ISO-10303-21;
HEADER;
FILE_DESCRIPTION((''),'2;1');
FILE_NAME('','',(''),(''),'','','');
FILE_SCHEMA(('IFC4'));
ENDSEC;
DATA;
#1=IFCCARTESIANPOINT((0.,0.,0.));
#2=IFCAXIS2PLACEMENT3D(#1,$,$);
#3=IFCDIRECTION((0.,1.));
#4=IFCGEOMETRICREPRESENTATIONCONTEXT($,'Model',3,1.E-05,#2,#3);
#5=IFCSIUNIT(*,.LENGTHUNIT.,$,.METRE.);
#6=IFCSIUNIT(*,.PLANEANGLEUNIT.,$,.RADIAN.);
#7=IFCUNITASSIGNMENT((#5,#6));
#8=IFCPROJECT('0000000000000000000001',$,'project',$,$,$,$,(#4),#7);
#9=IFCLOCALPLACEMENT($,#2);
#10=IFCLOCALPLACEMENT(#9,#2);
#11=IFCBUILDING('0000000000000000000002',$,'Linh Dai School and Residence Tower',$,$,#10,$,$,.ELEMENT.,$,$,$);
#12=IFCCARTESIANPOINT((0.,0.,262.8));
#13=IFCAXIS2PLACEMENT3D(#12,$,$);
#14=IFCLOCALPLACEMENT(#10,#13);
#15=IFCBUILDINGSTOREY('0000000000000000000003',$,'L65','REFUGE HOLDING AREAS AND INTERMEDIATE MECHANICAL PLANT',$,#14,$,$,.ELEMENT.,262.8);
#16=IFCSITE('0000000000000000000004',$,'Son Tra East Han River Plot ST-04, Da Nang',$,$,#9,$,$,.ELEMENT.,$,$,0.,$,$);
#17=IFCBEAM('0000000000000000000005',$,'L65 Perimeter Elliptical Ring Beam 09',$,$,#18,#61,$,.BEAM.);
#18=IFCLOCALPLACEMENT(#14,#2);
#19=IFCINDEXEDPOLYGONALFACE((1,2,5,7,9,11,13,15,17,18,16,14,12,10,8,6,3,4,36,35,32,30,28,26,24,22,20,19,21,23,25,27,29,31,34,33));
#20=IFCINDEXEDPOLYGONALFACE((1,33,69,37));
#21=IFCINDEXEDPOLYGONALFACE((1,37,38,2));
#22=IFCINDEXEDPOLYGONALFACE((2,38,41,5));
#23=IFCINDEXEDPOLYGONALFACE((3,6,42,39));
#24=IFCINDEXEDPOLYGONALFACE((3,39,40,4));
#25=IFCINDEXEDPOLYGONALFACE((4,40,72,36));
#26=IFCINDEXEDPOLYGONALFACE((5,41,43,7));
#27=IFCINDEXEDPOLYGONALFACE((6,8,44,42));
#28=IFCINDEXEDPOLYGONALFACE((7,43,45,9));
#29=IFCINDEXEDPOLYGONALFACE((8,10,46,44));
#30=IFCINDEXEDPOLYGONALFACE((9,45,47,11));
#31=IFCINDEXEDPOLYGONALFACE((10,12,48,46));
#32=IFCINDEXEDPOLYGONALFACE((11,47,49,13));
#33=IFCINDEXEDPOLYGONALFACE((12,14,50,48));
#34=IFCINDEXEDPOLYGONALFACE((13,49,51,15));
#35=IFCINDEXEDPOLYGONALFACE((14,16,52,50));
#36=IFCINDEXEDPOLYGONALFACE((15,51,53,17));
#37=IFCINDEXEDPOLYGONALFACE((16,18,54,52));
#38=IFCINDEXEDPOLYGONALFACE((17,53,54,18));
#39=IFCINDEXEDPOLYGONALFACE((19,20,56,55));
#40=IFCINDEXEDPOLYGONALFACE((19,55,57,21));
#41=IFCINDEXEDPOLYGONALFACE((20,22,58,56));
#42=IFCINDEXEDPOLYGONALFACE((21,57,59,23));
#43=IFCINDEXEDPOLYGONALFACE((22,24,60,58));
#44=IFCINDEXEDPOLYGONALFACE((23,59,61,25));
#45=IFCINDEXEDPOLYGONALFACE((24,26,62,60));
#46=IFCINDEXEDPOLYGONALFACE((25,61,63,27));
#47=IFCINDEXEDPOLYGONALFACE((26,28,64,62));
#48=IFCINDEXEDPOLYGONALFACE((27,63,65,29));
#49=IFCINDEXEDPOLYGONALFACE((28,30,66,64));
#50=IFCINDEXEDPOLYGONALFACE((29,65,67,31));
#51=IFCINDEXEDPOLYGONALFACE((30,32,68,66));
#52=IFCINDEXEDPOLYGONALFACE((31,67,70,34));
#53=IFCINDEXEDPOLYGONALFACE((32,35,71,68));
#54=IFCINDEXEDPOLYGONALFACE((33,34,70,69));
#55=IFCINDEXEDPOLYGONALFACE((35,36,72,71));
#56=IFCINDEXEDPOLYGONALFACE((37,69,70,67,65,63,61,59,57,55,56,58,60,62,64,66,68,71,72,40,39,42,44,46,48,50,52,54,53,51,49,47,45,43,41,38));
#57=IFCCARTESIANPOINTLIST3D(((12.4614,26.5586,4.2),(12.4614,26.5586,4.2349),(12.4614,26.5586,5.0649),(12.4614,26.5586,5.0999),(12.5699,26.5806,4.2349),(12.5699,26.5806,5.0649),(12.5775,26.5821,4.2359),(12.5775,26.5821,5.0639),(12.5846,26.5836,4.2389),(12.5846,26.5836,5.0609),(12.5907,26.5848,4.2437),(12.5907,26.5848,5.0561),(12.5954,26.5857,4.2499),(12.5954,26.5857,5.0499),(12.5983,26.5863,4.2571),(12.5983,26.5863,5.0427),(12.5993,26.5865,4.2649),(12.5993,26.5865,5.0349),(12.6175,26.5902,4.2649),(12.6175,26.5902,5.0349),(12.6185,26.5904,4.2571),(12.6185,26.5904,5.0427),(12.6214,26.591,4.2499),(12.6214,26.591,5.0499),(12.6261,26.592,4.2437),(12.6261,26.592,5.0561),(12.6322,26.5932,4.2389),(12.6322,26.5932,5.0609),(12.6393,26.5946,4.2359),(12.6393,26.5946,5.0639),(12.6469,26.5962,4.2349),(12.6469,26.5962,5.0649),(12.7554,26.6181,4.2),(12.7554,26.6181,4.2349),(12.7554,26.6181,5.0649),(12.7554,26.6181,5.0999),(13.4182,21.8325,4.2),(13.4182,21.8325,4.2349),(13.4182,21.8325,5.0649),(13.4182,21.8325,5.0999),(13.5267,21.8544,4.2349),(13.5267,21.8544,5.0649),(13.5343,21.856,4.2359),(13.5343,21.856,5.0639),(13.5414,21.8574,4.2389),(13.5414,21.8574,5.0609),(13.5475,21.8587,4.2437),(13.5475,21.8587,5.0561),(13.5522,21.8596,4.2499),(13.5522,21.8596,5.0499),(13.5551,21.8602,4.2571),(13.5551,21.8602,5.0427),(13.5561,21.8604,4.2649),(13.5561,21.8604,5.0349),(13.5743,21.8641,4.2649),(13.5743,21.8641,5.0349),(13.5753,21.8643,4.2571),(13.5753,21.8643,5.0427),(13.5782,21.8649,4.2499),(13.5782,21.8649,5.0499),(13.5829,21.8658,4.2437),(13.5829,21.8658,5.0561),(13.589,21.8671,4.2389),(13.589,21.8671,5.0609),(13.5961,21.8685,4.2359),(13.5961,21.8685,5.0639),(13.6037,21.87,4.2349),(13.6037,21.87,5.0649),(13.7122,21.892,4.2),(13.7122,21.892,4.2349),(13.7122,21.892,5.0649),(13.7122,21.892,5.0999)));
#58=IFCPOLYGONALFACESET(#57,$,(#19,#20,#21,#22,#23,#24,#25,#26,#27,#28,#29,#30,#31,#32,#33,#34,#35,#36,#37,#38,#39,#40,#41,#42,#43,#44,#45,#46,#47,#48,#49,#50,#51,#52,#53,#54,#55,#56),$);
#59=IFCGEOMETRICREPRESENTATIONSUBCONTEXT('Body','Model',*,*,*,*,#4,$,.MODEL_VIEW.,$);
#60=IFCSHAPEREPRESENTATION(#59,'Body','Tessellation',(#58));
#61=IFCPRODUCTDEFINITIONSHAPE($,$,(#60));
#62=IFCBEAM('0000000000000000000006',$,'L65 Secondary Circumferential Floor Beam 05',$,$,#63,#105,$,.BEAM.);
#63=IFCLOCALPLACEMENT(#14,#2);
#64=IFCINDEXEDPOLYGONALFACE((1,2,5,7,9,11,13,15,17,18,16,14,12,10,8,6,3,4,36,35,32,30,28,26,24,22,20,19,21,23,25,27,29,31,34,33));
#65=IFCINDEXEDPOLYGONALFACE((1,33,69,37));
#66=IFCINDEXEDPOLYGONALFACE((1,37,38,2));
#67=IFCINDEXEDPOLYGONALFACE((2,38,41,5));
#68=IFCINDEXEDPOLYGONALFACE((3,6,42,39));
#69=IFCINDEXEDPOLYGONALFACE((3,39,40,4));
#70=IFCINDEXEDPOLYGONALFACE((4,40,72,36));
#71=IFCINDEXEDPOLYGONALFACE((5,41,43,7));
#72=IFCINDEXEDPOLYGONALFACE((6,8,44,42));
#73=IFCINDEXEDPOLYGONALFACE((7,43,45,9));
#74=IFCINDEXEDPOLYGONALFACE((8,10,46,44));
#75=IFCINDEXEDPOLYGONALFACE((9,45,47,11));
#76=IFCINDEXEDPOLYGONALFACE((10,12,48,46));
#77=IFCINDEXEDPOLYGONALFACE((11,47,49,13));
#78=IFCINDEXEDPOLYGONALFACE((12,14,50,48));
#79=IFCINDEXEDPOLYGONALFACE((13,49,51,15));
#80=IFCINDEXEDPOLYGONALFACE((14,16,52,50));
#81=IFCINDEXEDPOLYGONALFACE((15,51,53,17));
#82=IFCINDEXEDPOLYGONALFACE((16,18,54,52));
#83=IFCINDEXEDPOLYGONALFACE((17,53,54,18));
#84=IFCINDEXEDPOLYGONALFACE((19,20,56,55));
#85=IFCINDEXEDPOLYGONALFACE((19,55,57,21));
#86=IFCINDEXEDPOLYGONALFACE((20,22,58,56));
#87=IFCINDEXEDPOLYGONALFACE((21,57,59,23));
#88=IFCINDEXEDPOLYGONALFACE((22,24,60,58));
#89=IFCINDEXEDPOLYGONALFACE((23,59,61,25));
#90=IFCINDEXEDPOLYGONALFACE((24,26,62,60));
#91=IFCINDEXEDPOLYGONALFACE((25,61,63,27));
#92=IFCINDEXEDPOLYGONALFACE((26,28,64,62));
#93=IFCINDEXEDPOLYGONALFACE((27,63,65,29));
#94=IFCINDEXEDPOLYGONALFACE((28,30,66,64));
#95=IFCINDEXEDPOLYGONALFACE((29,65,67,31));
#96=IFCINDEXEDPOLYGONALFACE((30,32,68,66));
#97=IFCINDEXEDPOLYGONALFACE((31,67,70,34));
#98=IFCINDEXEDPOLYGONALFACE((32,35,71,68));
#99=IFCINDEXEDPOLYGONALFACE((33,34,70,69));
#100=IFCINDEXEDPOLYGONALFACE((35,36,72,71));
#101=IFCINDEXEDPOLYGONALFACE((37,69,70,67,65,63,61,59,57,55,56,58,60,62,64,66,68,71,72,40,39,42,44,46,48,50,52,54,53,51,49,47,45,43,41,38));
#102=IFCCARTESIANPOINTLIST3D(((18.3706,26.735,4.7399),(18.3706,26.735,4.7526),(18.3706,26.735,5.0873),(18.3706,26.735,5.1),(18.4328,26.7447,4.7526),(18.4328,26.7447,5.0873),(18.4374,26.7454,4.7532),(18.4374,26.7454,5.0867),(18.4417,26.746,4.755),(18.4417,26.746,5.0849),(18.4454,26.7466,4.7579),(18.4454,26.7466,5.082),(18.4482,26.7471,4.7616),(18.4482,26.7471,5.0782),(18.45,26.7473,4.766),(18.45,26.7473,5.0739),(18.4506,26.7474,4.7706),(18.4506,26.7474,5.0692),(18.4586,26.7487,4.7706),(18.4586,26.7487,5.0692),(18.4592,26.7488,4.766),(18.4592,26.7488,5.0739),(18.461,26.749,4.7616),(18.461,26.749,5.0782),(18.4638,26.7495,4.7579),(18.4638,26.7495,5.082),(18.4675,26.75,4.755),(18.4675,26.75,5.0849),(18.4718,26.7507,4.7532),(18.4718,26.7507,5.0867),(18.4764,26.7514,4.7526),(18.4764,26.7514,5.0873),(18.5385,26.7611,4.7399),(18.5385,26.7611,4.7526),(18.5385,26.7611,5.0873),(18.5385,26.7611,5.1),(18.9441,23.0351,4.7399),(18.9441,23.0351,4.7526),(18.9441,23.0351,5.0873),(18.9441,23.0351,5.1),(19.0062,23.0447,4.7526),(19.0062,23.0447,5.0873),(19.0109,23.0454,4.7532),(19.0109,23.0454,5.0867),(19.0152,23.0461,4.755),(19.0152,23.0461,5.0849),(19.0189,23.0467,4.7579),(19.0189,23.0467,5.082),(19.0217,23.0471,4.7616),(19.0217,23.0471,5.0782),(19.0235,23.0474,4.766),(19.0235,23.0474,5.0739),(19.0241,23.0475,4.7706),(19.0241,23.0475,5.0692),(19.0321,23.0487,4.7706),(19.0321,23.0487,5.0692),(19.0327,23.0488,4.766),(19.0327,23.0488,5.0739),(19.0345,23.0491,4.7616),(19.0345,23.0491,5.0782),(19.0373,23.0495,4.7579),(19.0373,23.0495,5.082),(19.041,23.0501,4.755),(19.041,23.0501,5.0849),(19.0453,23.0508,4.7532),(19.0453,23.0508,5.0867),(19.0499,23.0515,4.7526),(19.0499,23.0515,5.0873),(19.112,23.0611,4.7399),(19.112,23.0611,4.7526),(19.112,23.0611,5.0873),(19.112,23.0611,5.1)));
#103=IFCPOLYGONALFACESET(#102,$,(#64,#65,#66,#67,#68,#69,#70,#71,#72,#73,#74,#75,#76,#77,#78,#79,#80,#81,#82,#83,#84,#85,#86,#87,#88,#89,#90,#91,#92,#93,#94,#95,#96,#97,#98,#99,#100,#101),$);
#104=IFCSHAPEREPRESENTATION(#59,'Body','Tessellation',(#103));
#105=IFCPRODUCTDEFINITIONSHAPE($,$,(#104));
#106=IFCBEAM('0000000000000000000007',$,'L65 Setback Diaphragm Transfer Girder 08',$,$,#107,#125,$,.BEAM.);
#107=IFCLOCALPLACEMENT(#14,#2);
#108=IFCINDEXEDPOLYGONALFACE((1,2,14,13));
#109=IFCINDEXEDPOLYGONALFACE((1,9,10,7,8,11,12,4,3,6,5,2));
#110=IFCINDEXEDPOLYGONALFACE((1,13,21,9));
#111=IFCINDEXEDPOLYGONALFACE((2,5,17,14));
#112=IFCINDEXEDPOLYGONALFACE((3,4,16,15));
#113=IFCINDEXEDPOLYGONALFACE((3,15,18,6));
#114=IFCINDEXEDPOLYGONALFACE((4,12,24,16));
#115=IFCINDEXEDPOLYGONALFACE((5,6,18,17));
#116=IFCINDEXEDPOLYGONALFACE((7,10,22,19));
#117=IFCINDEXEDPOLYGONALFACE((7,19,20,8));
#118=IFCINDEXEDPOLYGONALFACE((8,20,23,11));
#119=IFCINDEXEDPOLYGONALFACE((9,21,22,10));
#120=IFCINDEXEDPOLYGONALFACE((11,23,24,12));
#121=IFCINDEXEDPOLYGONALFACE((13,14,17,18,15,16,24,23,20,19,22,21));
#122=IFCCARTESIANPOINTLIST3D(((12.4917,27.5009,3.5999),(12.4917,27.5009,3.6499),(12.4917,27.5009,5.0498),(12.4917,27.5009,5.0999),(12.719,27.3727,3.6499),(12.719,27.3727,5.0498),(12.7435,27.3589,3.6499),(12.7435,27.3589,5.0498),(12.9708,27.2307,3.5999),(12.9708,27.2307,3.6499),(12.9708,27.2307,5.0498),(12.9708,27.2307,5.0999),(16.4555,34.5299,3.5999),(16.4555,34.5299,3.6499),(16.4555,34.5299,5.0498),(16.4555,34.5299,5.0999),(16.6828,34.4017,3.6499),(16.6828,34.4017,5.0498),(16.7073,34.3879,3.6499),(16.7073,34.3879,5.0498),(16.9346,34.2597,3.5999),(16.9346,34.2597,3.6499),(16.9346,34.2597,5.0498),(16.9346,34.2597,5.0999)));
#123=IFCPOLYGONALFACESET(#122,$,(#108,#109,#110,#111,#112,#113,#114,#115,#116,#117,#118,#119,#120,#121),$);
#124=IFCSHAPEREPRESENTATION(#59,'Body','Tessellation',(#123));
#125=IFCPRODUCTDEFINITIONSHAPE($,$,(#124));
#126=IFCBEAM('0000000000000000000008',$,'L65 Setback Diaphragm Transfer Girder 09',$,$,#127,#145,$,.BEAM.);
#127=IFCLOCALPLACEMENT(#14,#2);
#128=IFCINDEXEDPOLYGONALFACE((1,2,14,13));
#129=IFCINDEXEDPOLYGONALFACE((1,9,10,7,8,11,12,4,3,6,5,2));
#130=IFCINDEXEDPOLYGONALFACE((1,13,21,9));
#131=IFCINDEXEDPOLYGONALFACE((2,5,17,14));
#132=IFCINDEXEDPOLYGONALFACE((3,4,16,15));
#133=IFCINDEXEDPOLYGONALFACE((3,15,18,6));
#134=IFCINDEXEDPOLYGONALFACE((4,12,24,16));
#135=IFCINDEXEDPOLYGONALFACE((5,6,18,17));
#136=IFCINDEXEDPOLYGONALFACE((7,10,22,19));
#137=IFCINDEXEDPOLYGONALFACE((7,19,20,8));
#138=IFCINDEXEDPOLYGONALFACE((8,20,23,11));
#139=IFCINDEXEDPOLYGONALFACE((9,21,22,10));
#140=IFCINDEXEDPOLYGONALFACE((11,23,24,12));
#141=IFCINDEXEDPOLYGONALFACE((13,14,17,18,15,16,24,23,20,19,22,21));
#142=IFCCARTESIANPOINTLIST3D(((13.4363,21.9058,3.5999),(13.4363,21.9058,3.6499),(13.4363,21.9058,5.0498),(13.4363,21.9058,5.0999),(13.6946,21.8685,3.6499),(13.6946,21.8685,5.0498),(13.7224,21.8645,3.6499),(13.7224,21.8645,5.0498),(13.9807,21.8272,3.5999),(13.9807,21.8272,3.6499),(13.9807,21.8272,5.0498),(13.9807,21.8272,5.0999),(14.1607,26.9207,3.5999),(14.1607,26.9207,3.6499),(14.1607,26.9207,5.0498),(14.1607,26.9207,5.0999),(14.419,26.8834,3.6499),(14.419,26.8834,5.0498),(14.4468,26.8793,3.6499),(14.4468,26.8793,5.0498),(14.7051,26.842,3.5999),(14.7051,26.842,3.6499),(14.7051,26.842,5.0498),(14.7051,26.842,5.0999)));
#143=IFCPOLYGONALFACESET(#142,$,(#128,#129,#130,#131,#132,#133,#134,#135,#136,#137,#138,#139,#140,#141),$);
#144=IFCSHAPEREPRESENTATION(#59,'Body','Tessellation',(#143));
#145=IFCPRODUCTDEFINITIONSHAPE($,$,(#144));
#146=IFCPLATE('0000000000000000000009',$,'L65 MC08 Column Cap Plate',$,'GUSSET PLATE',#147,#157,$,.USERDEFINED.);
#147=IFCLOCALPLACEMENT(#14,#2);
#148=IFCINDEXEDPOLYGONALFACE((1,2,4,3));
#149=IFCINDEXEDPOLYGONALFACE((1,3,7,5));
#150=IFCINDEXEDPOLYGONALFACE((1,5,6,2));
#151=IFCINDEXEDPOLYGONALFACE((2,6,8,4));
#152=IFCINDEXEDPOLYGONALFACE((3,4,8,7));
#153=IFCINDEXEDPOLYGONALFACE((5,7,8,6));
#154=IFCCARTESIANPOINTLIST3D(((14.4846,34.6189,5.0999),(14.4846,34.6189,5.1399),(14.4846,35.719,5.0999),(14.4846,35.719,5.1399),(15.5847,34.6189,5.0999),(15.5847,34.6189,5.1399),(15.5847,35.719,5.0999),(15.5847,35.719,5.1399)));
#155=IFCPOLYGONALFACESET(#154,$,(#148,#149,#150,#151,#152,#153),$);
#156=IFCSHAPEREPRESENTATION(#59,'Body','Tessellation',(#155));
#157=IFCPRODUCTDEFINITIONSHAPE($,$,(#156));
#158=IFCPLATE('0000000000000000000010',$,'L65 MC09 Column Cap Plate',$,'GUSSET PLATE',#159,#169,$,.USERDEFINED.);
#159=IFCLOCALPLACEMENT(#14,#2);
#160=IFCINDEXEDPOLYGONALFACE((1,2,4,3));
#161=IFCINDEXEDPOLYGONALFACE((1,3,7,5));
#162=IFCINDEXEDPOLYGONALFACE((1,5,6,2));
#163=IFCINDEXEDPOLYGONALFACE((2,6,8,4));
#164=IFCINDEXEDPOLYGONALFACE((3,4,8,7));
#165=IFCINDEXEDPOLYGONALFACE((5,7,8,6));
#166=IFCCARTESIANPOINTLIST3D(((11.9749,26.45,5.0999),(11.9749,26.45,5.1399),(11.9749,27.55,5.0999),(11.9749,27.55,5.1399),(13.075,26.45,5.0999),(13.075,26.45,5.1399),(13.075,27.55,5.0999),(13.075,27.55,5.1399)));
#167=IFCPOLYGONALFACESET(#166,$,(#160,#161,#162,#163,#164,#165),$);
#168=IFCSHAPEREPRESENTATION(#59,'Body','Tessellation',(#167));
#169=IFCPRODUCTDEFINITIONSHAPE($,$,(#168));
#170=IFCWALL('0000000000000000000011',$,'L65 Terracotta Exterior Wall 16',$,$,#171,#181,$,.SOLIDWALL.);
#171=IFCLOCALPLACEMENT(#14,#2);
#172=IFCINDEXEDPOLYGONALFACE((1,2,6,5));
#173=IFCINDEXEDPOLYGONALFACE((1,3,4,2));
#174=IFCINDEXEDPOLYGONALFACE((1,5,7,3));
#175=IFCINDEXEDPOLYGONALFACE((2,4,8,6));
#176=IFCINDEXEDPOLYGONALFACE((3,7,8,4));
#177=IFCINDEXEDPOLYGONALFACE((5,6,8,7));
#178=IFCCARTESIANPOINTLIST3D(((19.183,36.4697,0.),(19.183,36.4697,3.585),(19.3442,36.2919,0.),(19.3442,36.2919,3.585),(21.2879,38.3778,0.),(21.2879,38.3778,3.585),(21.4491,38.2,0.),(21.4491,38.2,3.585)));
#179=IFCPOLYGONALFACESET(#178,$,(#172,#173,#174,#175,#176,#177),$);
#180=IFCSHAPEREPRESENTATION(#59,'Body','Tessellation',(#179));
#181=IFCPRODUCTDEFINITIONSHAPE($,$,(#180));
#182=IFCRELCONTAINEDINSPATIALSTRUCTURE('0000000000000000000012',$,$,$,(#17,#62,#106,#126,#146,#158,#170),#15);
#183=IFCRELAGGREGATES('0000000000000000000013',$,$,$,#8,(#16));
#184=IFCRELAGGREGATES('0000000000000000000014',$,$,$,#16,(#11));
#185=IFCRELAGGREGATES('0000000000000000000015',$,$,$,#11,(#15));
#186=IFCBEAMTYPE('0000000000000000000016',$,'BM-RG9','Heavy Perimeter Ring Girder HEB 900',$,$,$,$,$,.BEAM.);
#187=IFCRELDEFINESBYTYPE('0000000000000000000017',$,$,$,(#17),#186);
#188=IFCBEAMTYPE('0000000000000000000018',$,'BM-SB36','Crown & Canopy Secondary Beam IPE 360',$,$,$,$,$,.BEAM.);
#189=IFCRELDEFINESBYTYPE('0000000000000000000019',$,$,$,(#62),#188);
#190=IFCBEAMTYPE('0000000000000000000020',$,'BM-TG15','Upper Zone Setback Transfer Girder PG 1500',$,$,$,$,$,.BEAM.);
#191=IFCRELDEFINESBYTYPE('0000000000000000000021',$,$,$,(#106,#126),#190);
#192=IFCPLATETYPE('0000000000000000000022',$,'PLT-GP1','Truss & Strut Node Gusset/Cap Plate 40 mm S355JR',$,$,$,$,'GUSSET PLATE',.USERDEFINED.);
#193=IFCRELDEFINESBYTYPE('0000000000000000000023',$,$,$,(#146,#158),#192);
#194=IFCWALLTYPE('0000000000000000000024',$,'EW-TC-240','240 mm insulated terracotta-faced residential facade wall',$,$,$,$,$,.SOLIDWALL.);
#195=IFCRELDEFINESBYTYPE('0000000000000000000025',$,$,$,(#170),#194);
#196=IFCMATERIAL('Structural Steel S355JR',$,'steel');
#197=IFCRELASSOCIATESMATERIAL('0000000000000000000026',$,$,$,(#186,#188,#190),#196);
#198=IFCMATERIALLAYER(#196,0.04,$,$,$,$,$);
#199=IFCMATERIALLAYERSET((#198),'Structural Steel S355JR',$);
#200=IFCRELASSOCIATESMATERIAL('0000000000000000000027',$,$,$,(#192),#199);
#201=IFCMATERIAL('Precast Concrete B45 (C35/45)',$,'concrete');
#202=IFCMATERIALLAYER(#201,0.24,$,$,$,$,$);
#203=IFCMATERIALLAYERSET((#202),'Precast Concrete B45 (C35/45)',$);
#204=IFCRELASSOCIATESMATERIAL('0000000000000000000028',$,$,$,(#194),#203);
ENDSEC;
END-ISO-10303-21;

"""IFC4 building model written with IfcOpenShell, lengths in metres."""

from ifc_helpers import new_model, si_unit, direction, frame, frame_2d, origin, origin_2d, place, context, subcontext, project, spatial, rectangle, i_section, extrude, source, transform, mapped, material, layer, layer_set, material_profile, profile_set, type_object, element, save


model = new_model("IFC4")

# Units and contexts
model_context = context("Model", 3, precision=1e-05, world=origin(), true_north=direction((0.0, 1.0)))
body_context = subcontext(model_context, "Body", "Model", "MODEL_VIEW")
ifc_project = project(units=[si_unit("LENGTHUNIT", "METRE"), si_unit("PLANEANGLEUNIT", "RADIAN")], contexts=[model_context])

# Site, building, storey
site_placement = place(None, origin())
site = spatial("IfcSite", under=ifc_project, at=site_placement, Name="Son Tra East Han River Plot ST-04, Da Nang", CompositionType="ELEMENT", RefElevation=0.0)
building_placement = place(site_placement, origin())
building = spatial("IfcBuilding", under=site, at=building_placement, Name="Linh Dai School and Residence Tower", CompositionType="ELEMENT")
storey_placement = place(building_placement, frame((0.0, 0.0, 262.8)))
storey = spatial("IfcBuildingStorey", under=building, at=storey_placement, Name="L65", Description="REFUGE HOLDING AREAS AND INTERMEDIATE MECHANICAL PLANT", CompositionType="ELEMENT", Elevation=262.8)

# Shared definitions
ifc_material_1 = material(Name="Structural Steel S355JR", Category="steel")

# Beams
ifc_material_profile_1 = material_profile(ifc_material_1, i_section(OverallWidth=0.3, OverallDepth=0.8999, WebThickness=0.0186, FlangeThickness=0.0349, FilletRadius=0.03, at=origin_2d()), Name="HEB 900")
ifc_profile_set_1 = profile_set([ifc_material_profile_1], Name="Structural Steel S355JR")
beam_type_1 = type_object("IfcBeamType", Name="BM-RG9", Description="Heavy Perimeter Ring Girder HEB 900", PredefinedType="BEAM", material=ifc_profile_set_1)
beam_1_placement = place(storey_placement, frame((12.6084, 26.5884, 4.6499), z_axis=(0.198423, -0.980116, 0.0), x_axis=(0.980116, 0.198423, 0.0)))
element("IfcBeam", 1, at=beam_1_placement, inside=storey, type_object=beam_type_1, Name="L65 Perimeter Elliptical Ring Beam 09", PredefinedType="BEAM", context=body_context, shape_type="SweptSolid", body=[
    extrude(i_section(OverallWidth=0.3, OverallDepth=0.8999, WebThickness=0.0186, FlangeThickness=0.0349, FilletRadius=0.03, at=origin_2d()), origin(), (0.0, 0.0, 1.0), 4.822),
])
ifc_material_profile_2 = material_profile(ifc_material_1, i_section(OverallWidth=0.1699, OverallDepth=0.3601, WebThickness=0.0081, FlangeThickness=0.0127, FilletRadius=0.0181, at=origin_2d()), Name="IPE 360")
ifc_profile_set_2 = profile_set([ifc_material_profile_2], Name="Structural Steel S355JR")
beam_type_2 = type_object("IfcBeamType", Name="BM-SB36", Description="Crown & Canopy Secondary Beam IPE 360", PredefinedType="BEAM", material=ifc_profile_set_2)
beam_2_placement = place(storey_placement, frame((18.4546, 26.748, 4.9199), z_axis=(0.153169, -0.9882, 0.0), x_axis=(0.9882, 0.153169, 0.0)))
element("IfcBeam", 2, at=beam_2_placement, inside=storey, type_object=beam_type_2, Name="L65 Secondary Circumferential Floor Beam 05", PredefinedType="BEAM", context=body_context, shape_type="SweptSolid", body=[
    extrude(i_section(OverallWidth=0.1699, OverallDepth=0.3601, WebThickness=0.0081, FlangeThickness=0.0127, FilletRadius=0.0181, at=origin_2d()), origin(), (0.0, 0.0, 1.0), 3.7441),
])
ifc_material_profile_3 = material_profile(ifc_material_1, i_section(OverallWidth=0.55, OverallDepth=1.5, WebThickness=0.0281, FlangeThickness=0.05, at=origin_2d()), Name="PG 1500x550x28x50")
ifc_profile_set_3 = profile_set([ifc_material_profile_3], Name="Structural Steel S355JR")
beam_type_3 = type_object("IfcBeamType", Name="BM-TG15", Description="Upper Zone Setback Transfer Girder PG 1500", PredefinedType="BEAM", material=ifc_profile_set_3)
beam_3_placement = place(storey_placement, frame((16.6951, 34.3948, 4.3499), z_axis=(-0.491205, -0.871044, 0.0), x_axis=(0.871044, -0.491205, 0.0)))
element("IfcBeam", 3, at=beam_3_placement, inside=storey, type_object=beam_type_3, Name="L65 Setback Diaphragm Transfer Girder 08", PredefinedType="BEAM", context=body_context, shape_type="SweptSolid", body=[
    extrude(i_section(OverallWidth=0.55, OverallDepth=1.5, WebThickness=0.0281, FlangeThickness=0.05, at=origin_2d()), origin(), (0.0, 0.0, 1.0), 8.0696),
])
beam_4_placement = place(storey_placement, frame((14.4329, 26.8813, 4.3499), z_axis=(-0.142959, -0.989729, 0.0), x_axis=(0.989729, -0.142959, 0.0)))
element("IfcBeam", 4, at=beam_4_placement, inside=storey, type_object=beam_type_3, Name="L65 Setback Diaphragm Transfer Girder 09", PredefinedType="BEAM", context=body_context, shape_type="SweptSolid", body=[
    extrude(i_section(OverallWidth=0.55, OverallDepth=1.5, WebThickness=0.0281, FlangeThickness=0.05, at=origin_2d()), origin(), (0.0, 0.0, 1.0), 5.0669),
])

# Plates
ifc_layer_1 = layer(ifc_material_1, 0.04)
ifc_layer_set_1 = layer_set([ifc_layer_1], Name="Structural Steel S355JR")
plate_type = type_object("IfcPlateType", Name="PLT-GP1", Description="Truss & Strut Node Gusset/Cap Plate 40 mm S355JR", ElementType="GUSSET PLATE", PredefinedType="USERDEFINED", material=ifc_layer_set_1)
shared_shape_1 = source(origin(), body_context, "Body", "SweptSolid", [
    extrude(rectangle(XDim=1.1001, YDim=1.1001, at=origin_2d()), origin(), (0.0, 0.0, 1.0), 0.04),
])
for number, where, z_axis, x_axis, name in (
    (5, (15.0347, 35.1689, 5.0999), (0.0, 0.0, 1.0), (1.0, 0.0, 0.0), "L65 MC08 Column Cap Plate"),
    (6, (12.5249, 27.0, 5.0999), (0.0, 0.0, 1.0), (1.0, 0.0, 0.0), "L65 MC09 Column Cap Plate"),
):
    element("IfcPlate", number, at=place(storey_placement, frame(where, z_axis=z_axis, x_axis=x_axis)), inside=storey, type_object=plate_type, Name=name, ObjectType="GUSSET PLATE", PredefinedType="USERDEFINED", context=body_context, shape_type="MappedRepresentation", body=[
        mapped(shared_shape_1, transform((0.0, 0.0, 0.0), x_axis=(1.0, 0.0, 0.0), y_axis=(0.0, 1.0, 0.0), z_axis=(0.0, 0.0, 1.0), scale=1.0)),
    ])

# Wall
ifc_material_2 = material(Name="Precast Concrete B45 (C35/45)", Category="concrete")
ifc_layer_2 = layer(ifc_material_2, 0.24)
ifc_layer_set_2 = layer_set([ifc_layer_2], Name="Precast Concrete B45 (C35/45)")
wall_type_1 = type_object("IfcWallType", Name="EW-TC-240", Description="240 mm insulated terracotta-faced residential facade wall", PredefinedType="SOLIDWALL", material=ifc_layer_set_2)
wall_1_placement = place(storey_placement, frame((19.2637, 36.3809, 0.0), z_axis=(0.0, 0.0, 1.0), x_axis=(0.740888, 0.671629, 0.0)))
element("IfcWall", 7, at=wall_1_placement, inside=storey, type_object=wall_type_1, Name="L65 Terracotta Exterior Wall 16", PredefinedType="SOLIDWALL", context=body_context, shape_type="SweptSolid", body=[
    extrude(rectangle(XDim=2.8411, YDim=0.24, at=frame_2d((1.4204, 0.0))), origin(), (0.0, 0.0, 1.0), 3.585),
])

save(model, "model.ifc")
